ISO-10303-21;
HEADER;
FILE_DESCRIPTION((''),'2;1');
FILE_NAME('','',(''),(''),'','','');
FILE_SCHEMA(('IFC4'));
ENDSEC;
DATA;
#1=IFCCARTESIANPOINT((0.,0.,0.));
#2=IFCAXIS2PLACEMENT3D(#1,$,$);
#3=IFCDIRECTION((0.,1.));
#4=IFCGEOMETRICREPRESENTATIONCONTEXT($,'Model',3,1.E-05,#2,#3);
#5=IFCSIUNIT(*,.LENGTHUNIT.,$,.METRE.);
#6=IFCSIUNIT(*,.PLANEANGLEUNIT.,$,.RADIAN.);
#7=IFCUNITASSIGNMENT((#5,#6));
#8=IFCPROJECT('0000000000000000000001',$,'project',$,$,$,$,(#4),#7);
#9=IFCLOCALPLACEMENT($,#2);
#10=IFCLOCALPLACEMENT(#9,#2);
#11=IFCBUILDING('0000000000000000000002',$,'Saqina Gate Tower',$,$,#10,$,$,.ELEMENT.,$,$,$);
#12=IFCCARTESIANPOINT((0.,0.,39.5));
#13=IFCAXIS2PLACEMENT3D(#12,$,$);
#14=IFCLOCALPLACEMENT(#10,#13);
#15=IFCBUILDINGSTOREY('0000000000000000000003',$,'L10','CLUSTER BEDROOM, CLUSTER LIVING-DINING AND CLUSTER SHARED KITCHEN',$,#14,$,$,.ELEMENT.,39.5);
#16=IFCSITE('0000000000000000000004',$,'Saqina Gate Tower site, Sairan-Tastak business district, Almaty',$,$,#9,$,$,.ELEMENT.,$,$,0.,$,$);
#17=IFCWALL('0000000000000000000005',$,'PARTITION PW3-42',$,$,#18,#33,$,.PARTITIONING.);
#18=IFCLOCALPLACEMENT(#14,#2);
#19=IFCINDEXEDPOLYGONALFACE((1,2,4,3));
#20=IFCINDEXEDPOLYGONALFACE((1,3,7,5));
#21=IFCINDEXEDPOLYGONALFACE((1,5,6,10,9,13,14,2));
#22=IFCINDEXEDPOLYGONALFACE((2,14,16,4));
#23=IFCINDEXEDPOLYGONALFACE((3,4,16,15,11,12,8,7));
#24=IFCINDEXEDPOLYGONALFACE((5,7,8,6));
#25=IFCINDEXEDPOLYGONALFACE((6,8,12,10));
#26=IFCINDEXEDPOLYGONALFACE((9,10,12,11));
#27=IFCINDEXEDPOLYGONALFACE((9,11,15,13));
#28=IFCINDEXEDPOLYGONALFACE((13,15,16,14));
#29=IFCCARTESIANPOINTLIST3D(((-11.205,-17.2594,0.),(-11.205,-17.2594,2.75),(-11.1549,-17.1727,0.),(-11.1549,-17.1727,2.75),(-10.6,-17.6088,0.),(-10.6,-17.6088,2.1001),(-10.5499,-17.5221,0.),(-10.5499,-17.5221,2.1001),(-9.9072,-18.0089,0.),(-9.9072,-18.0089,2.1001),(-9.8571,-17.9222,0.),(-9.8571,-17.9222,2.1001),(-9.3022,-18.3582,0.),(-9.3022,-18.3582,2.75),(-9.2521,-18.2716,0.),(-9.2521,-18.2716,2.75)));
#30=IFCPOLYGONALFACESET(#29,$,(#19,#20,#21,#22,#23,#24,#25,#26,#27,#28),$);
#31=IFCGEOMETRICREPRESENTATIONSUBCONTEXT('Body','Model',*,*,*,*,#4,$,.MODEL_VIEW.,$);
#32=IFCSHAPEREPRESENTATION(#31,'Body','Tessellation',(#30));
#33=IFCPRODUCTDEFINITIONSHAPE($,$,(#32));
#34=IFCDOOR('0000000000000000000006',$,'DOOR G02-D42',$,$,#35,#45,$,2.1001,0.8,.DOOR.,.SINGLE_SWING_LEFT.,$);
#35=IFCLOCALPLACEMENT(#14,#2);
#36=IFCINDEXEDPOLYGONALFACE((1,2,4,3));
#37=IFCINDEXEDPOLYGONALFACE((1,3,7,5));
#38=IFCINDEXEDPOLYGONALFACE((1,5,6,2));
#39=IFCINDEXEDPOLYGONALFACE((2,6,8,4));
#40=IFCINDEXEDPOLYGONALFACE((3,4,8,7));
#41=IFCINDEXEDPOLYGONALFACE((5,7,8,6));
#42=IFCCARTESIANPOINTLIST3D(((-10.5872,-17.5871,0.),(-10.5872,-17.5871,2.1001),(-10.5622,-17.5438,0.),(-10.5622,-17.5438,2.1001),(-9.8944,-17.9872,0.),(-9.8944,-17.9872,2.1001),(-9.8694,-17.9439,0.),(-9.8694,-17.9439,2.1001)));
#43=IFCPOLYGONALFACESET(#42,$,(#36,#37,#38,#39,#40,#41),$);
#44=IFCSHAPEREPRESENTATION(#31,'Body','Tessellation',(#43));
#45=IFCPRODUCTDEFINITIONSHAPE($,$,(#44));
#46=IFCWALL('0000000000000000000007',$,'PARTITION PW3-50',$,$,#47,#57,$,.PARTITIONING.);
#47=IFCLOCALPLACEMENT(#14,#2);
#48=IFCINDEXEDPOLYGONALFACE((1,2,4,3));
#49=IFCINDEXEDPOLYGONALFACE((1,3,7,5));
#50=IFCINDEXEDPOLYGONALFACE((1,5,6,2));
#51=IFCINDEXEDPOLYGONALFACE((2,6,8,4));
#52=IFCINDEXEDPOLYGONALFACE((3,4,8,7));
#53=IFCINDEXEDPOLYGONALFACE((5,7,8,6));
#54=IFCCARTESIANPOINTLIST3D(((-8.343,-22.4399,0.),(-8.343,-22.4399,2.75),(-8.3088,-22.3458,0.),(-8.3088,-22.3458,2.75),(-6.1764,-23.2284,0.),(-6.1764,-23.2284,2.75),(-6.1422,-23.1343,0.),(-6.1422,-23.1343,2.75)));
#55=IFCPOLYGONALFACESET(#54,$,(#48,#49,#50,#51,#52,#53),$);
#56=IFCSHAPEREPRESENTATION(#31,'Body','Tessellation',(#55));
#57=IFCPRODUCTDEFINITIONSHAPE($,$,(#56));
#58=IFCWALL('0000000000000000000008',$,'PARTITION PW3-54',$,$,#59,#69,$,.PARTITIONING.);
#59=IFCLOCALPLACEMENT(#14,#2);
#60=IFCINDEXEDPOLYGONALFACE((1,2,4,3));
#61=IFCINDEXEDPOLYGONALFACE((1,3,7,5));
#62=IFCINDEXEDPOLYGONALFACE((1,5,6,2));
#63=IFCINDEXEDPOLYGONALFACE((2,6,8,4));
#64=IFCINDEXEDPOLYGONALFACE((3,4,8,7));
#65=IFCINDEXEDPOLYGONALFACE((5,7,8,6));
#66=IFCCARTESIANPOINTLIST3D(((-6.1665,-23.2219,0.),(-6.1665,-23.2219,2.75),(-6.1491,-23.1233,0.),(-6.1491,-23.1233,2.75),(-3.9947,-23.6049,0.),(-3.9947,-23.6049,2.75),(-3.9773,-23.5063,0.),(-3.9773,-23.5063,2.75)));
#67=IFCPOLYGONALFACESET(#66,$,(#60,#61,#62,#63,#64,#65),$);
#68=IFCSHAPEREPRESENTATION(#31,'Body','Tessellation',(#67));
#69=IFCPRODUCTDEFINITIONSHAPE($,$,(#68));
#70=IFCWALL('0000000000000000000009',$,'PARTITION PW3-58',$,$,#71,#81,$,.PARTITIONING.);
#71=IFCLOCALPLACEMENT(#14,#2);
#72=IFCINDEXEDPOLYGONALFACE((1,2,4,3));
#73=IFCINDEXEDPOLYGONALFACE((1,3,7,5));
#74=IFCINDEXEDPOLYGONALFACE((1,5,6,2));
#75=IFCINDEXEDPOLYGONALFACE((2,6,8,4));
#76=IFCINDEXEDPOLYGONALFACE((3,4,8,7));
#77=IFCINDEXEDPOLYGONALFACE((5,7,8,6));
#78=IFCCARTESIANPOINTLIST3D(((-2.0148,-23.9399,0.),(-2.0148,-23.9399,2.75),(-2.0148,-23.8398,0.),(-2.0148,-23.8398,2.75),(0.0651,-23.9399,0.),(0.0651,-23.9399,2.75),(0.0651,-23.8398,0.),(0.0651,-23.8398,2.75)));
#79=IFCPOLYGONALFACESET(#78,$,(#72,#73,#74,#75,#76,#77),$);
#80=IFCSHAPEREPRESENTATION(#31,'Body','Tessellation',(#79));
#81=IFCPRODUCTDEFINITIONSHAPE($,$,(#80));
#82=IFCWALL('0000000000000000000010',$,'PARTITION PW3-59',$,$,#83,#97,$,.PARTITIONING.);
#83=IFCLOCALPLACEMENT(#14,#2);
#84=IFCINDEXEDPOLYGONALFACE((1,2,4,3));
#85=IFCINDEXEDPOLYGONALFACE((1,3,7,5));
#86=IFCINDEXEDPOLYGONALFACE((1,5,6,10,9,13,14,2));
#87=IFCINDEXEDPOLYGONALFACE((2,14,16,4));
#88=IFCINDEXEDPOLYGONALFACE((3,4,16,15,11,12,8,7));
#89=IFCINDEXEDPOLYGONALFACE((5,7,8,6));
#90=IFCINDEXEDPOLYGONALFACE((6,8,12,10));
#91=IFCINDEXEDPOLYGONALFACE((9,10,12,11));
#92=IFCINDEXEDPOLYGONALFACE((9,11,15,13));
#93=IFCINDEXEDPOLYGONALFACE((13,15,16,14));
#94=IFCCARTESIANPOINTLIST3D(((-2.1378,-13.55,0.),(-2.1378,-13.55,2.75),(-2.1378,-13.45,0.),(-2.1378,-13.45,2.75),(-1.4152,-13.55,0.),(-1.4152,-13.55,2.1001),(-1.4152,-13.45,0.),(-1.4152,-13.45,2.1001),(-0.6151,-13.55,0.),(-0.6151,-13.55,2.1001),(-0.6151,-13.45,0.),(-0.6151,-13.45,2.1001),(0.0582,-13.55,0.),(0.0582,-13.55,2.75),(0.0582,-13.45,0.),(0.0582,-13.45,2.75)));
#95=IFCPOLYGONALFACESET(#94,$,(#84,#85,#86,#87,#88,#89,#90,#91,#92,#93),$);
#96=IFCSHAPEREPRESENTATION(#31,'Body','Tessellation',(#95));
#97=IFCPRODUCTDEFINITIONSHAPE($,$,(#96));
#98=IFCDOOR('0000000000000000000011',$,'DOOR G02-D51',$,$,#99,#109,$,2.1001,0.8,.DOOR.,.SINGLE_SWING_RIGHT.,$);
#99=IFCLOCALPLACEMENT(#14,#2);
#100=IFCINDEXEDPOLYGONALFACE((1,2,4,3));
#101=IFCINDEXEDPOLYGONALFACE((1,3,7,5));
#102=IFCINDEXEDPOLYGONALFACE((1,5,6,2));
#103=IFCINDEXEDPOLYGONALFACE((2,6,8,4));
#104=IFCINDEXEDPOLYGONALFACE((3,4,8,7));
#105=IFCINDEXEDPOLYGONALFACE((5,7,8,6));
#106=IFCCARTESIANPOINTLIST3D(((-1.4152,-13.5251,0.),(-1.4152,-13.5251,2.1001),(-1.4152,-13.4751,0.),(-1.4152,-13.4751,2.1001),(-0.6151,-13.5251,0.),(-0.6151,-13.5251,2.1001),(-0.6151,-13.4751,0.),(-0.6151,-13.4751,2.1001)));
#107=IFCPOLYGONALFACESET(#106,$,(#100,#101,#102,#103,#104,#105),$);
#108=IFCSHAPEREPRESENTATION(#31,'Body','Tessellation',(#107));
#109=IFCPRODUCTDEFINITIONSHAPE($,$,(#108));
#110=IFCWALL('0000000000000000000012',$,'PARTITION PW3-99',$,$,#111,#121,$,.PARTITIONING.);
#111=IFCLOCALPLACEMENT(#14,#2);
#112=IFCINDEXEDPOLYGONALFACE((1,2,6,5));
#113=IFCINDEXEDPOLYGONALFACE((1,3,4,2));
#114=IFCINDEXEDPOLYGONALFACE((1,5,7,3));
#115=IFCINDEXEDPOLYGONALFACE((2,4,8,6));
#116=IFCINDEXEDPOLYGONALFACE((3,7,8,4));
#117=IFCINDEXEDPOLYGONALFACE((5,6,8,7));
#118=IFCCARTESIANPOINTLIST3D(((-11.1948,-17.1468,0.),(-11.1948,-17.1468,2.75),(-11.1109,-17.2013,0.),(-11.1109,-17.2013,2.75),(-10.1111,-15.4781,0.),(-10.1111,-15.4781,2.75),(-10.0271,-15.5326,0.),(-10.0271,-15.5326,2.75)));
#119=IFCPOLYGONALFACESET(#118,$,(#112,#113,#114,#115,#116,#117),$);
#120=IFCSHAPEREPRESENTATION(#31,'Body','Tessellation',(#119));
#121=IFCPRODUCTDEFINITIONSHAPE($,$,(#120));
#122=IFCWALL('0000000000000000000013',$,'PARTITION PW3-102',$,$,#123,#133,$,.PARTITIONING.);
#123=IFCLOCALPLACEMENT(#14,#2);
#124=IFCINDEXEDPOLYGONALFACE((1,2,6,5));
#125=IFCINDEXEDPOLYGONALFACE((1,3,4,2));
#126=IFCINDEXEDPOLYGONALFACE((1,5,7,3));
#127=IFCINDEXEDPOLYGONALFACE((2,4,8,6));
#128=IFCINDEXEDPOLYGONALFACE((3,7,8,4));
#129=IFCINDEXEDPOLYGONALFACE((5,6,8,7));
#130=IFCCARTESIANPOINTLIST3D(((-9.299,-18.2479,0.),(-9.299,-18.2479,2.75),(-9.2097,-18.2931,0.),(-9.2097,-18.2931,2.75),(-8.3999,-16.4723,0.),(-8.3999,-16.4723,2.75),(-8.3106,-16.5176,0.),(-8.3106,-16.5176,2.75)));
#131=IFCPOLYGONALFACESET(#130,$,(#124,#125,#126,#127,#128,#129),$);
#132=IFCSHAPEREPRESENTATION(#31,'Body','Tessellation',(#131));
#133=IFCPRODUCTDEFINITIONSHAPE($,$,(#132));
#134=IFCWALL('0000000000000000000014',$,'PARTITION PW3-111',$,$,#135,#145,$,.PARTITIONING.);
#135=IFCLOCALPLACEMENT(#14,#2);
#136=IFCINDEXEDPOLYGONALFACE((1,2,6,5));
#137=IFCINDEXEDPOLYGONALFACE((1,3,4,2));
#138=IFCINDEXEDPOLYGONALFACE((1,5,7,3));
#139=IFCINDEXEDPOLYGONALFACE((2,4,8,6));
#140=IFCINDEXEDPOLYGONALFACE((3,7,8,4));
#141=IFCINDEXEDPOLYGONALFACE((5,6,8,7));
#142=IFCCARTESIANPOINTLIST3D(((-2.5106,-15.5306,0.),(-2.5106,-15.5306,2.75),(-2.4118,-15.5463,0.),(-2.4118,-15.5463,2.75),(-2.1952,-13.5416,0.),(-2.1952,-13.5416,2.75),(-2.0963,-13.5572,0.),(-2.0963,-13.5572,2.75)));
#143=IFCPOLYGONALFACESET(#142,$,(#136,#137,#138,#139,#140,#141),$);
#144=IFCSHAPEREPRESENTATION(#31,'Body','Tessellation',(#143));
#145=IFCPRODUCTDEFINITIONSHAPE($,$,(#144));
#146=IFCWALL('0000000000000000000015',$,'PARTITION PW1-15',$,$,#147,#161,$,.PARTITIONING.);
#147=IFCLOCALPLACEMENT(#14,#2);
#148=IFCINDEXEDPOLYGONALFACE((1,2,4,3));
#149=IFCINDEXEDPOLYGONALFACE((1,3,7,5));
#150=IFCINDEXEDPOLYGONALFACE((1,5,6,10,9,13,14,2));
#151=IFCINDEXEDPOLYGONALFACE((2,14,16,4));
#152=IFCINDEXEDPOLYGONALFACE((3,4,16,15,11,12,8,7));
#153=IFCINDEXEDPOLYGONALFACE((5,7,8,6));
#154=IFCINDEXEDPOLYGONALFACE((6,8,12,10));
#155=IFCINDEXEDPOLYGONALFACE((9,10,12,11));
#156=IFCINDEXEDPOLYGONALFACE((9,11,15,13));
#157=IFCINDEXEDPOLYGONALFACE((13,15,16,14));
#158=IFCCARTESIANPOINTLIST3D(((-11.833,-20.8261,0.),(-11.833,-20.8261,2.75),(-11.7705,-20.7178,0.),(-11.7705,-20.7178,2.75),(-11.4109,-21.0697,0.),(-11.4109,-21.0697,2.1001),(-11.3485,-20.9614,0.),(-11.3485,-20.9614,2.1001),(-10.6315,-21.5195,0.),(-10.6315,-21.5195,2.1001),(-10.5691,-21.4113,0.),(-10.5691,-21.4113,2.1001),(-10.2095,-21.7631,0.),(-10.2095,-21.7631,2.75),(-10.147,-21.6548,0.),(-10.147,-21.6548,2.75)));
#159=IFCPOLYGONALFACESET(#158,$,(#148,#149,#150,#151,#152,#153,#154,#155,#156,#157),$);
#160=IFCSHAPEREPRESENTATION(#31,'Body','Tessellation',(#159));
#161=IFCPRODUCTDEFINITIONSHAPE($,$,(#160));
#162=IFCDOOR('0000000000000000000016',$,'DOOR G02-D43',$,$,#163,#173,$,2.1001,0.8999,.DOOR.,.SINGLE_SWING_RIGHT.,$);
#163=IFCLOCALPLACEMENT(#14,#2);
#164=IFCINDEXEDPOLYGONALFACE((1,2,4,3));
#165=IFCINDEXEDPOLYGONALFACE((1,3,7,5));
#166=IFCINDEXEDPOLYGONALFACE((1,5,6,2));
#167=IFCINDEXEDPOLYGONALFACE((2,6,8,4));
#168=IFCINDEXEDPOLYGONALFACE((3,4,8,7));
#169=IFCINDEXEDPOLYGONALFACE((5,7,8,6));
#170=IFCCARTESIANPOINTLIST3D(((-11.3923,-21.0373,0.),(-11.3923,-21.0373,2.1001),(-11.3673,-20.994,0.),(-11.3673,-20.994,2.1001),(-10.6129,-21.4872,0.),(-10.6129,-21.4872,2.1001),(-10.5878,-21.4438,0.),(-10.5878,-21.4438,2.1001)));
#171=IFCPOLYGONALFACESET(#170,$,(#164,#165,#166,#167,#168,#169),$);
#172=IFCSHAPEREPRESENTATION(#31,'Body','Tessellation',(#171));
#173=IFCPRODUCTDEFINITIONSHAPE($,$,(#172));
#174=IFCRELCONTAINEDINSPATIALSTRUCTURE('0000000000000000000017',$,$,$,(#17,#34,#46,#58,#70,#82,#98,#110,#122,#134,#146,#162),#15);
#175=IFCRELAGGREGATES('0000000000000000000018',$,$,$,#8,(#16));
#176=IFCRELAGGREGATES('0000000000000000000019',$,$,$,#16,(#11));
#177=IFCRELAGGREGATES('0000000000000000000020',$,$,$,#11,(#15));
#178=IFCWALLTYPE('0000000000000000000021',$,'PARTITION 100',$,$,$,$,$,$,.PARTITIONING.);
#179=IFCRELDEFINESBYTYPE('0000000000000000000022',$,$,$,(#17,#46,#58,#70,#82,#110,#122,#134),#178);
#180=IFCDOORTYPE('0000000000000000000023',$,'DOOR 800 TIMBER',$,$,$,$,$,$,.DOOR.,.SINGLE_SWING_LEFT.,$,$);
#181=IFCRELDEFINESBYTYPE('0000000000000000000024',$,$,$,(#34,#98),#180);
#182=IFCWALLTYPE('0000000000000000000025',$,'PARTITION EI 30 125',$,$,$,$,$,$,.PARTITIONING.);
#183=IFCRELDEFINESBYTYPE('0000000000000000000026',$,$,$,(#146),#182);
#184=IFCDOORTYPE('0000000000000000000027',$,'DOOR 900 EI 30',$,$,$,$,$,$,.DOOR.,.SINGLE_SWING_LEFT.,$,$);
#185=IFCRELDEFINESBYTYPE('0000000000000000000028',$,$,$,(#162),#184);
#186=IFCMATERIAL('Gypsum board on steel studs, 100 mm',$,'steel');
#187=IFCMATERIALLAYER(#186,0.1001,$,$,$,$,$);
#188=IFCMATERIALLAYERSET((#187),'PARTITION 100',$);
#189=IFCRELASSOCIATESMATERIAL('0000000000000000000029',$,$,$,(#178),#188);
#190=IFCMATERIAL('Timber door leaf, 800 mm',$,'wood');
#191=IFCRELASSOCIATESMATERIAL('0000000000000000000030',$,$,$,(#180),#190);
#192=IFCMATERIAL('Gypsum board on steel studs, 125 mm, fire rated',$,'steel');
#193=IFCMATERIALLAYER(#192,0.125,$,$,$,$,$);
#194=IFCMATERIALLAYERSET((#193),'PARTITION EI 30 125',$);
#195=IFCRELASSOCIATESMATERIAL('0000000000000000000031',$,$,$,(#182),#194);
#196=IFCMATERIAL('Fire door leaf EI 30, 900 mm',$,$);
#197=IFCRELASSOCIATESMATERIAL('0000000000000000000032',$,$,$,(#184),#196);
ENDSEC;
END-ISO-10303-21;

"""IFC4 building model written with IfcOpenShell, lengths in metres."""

from ifc_helpers import new_model, si_unit, direction, frame, frame_2d, origin, place, context, subcontext, project, spatial, rectangle, extrude, material, layer, layer_set, type_object, element, fill, save


model = new_model("IFC4")

# Units and contexts
model_context = context("Model", 3, precision=1e-05, world=origin(), true_north=direction((0.0, 1.0)))
body_context = subcontext(model_context, "Body", "Model", "MODEL_VIEW")
ifc_project = project(units=[si_unit("LENGTHUNIT", "METRE"), si_unit("PLANEANGLEUNIT", "RADIAN")], contexts=[model_context])

# Site, building, storey
site_placement = place(None, origin())
site = spatial("IfcSite", under=ifc_project, at=site_placement, Name="Saqina Gate Tower site, Sairan-Tastak business district, Almaty", CompositionType="ELEMENT", RefElevation=0.0)
building_placement = place(site_placement, origin())
building = spatial("IfcBuilding", under=site, at=building_placement, Name="Saqina Gate Tower", CompositionType="ELEMENT")
storey_placement = place(building_placement, frame((0.0, 0.0, 39.5)))
storey = spatial("IfcBuildingStorey", under=building, at=storey_placement, Name="L10", Description="CLUSTER BEDROOM, CLUSTER LIVING-DINING AND CLUSTER SHARED KITCHEN", CompositionType="ELEMENT", Elevation=39.5)

# Wall, opening, door
ifc_material_1 = material(Name="Gypsum board on steel studs, 100 mm", Category="steel")
ifc_layer_1 = layer(ifc_material_1, 0.1001)
ifc_layer_set_1 = layer_set([ifc_layer_1], Name="PARTITION 100")
wall_type_1 = type_object("IfcWallType", Name="PARTITION 100", PredefinedType="PARTITIONING", material=ifc_layer_set_1)
wall_1_placement = place(storey_placement, frame((-11.1799, -17.2161, 0.0), z_axis=(0.0, 0.0, 1.0), x_axis=(0.865971, -0.500094, 0.0)))
wall_1 = element("IfcWall", 1, at=wall_1_placement, inside=storey, type_object=wall_type_1, Name="PARTITION PW3-42", PredefinedType="PARTITIONING", context=body_context, shape_type="SweptSolid", body=[
    extrude(rectangle(XDim=2.1973, YDim=0.1001, at=frame_2d((1.0986, 0.0))), origin(), (0.0, 0.0, 1.0), 2.75),
])
opening_1_placement = place(wall_1_placement, frame((0.6987, 0.0, 0.0)))
opening_1 = element("IfcOpeningElement", 2, at=opening_1_placement, cuts=wall_1, PredefinedType="OPENING", context=body_context, shape_type="SweptSolid", body=[
    extrude(rectangle(XDim=0.8, YDim=2.1001, at=frame_2d((0.3999, 1.05))), frame((0.0, 0.062, 0.0), z_axis=(0.0, -1.0, 0.0), x_axis=(1.0, 0.0, 0.0)), (0.0, 0.0, 1.0), 0.124),
])
ifc_material_2 = material(Name="Timber door leaf, 800 mm", Category="wood")
door_type_1 = type_object("IfcDoorType", Name="DOOR 800 TIMBER", OperationType="SINGLE_SWING_LEFT", PredefinedType="DOOR", material=ifc_material_2)
door_1_placement = place(opening_1_placement, frame((0.8, 0.0, 0.0), z_axis=(0.0, 0.0, 1.0), x_axis=(-1.0, 0.0, 0.0)))
door_1 = element("IfcDoor", 3, at=door_1_placement, inside=storey, type_object=door_type_1, Name="DOOR G02-D42", OperationType="SINGLE_SWING_LEFT", OverallHeight=2.1001, OverallWidth=0.8, PredefinedType="DOOR", context=body_context, shape_type="SweptSolid", body=[
    extrude(rectangle(XDim=0.8, YDim=2.1001, at=frame_2d((0.3999, 1.05))), frame((0.0, 0.0249, 0.0), z_axis=(0.0, -1.0, 0.0), x_axis=(1.0, 0.0, 0.0)), (0.0, 0.0, 1.0), 0.05),
])
fill(opening_1, door_1)

# Walls
wall_2_placement = place(storey_placement, frame((-8.3259, -22.3928, 0.0), z_axis=(0.0, 0.0, 1.0), x_axis=(0.939701, -0.341998, 0.0)))
element("IfcWall", 4, at=wall_2_placement, inside=storey, type_object=wall_type_1, Name="PARTITION PW3-50", PredefinedType="PARTITIONING", context=body_context, shape_type="SweptSolid", body=[
    extrude(rectangle(XDim=2.3057, YDim=0.1001, at=frame_2d((1.1528, 0.0))), origin(), (0.0, 0.0, 1.0), 2.75),
])
wall_3_placement = place(storey_placement, frame((-6.1577, -23.1726, 0.0), z_axis=(0.0, 0.0, 1.0), x_axis=(0.9848, -0.173691, 0.0)))
element("IfcWall", 5, at=wall_3_placement, inside=storey, type_object=wall_type_1, Name="PARTITION PW3-54", PredefinedType="PARTITIONING", context=body_context, shape_type="SweptSolid", body=[
    extrude(rectangle(XDim=2.2053, YDim=0.1001, at=frame_2d((1.1025, 0.0))), origin(), (0.0, 0.0, 1.0), 2.75),
])
wall_4_placement = place(storey_placement, frame((-2.0149, -23.8899, 0.0), z_axis=(0.0, 0.0, 1.0), x_axis=(1.0, 0.0, 0.0)))
element("IfcWall", 6, at=wall_4_placement, inside=storey, type_object=wall_type_1, Name="PARTITION PW3-58", PredefinedType="PARTITIONING", context=body_context, shape_type="SweptSolid", body=[
    extrude(rectangle(XDim=2.0798, YDim=0.1001, at=frame_2d((1.04, 0.0))), origin(), (0.0, 0.0, 1.0), 2.75),
])

# Wall, opening, door
wall_5_placement = place(storey_placement, frame((-2.1379, -13.5, 0.0), z_axis=(0.0, 0.0, 1.0), x_axis=(1.0, 0.0, 0.0)))
wall_5 = element("IfcWall", 7, at=wall_5_placement, inside=storey, type_object=wall_type_1, Name="PARTITION PW3-59", PredefinedType="PARTITIONING", context=body_context, shape_type="SweptSolid", body=[
    extrude(rectangle(XDim=2.196, YDim=0.1001, at=frame_2d((1.0981, 0.0))), origin(), (0.0, 0.0, 1.0), 2.75),
])
opening_2_placement = place(wall_5_placement, frame((0.7229, 0.0, 0.0)))
opening_2 = element("IfcOpeningElement", 8, at=opening_2_placement, cuts=wall_5, PredefinedType="OPENING", context=body_context, shape_type="SweptSolid", body=[
    extrude(rectangle(XDim=0.8, YDim=2.1001, at=frame_2d((0.3999, 1.05))), frame((0.0, 0.062, 0.0), z_axis=(0.0, -1.0, 0.0), x_axis=(1.0, 0.0, 0.0)), (0.0, 0.0, 1.0), 0.124),
])
door_2_placement = place(opening_2_placement, origin())
door_2 = element("IfcDoor", 9, at=door_2_placement, inside=storey, type_object=door_type_1, Name="DOOR G02-D51", OperationType="SINGLE_SWING_RIGHT", OverallHeight=2.1001, OverallWidth=0.8, PredefinedType="DOOR", context=body_context, shape_type="SweptSolid", body=[
    extrude(rectangle(XDim=0.8, YDim=2.1001, at=frame_2d((0.3999, 1.05))), frame((0.0, 0.0249, 0.0), z_axis=(0.0, -1.0, 0.0), x_axis=(1.0, 0.0, 0.0)), (0.0, 0.0, 1.0), 0.05),
])
fill(opening_2, door_2)

# Walls
wall_6_placement = place(storey_placement, frame((-11.1528, -17.1741, 0.0), z_axis=(0.0, 0.0, 1.0), x_axis=(0.544665, 0.838654, 0.0)))
element("IfcWall", 10, at=wall_6_placement, inside=storey, type_object=wall_type_1, Name="PARTITION PW3-99", PredefinedType="PARTITIONING", context=body_context, shape_type="SweptSolid", body=[
    extrude(rectangle(XDim=1.9897, YDim=0.1001, at=frame_2d((0.9949, 0.0))), origin(), (0.0, 0.0, 1.0), 2.75),
])
wall_7_placement = place(storey_placement, frame((-9.2544, -18.2705, 0.0), z_axis=(0.0, 0.0, 1.0), x_axis=(0.451771, 0.892134, 0.0)))
element("IfcWall", 11, at=wall_7_placement, inside=storey, type_object=wall_type_1, Name="PARTITION PW3-102", PredefinedType="PARTITIONING", context=body_context, shape_type="SweptSolid", body=[
    extrude(rectangle(XDim=1.9902, YDim=0.1001, at=frame_2d((0.9951, 0.0))), origin(), (0.0, 0.0, 1.0), 2.75),
])
wall_8_placement = place(storey_placement, frame((-2.4612, -15.5383, 0.0), z_axis=(0.0, 0.0, 1.0), x_axis=(0.156629, 0.987658, 0.0)))
element("IfcWall", 12, at=wall_8_placement, inside=storey, type_object=wall_type_1, Name="PARTITION PW3-111", PredefinedType="PARTITIONING", context=body_context, shape_type="SweptSolid", body=[
    extrude(rectangle(XDim=2.0139, YDim=0.1001, at=frame_2d((1.0068, 0.0))), origin(), (0.0, 0.0, 1.0), 2.75),
])

# Wall, opening, door
ifc_material_3 = material(Name="Gypsum board on steel studs, 125 mm, fire rated", Category="steel")
ifc_layer_2 = layer(ifc_material_3, 0.125)
ifc_layer_set_2 = layer_set([ifc_layer_2], Name="PARTITION EI 30 125")
wall_type_2 = type_object("IfcWallType", Name="PARTITION EI 30 125", PredefinedType="PARTITIONING", material=ifc_layer_set_2)
wall_9_placement = place(storey_placement, frame((-11.8018, -20.772, 0.0), z_axis=(0.0, 0.0, 1.0), x_axis=(0.866103, -0.499865, 0.0)))
wall_9 = element("IfcWall", 13, at=wall_9_placement, inside=storey, type_object=wall_type_2, Name="PARTITION PW1-15", PredefinedType="PARTITIONING", context=body_context, shape_type="SweptSolid", body=[
    extrude(rectangle(XDim=1.8745, YDim=0.125, at=frame_2d((0.9373, 0.0))), origin(), (0.0, 0.0, 1.0), 2.75),
])
opening_3_placement = place(wall_9_placement, frame((0.4873, 0.0, 0.0)))
opening_3 = element("IfcOpeningElement", 14, at=opening_3_placement, cuts=wall_9, PredefinedType="OPENING", context=body_context, shape_type="SweptSolid", body=[
    extrude(rectangle(XDim=0.8999, YDim=2.1001, at=frame_2d((0.45, 1.05))), frame((0.0, 0.0745, 0.0), z_axis=(0.0, -1.0, 0.0), x_axis=(1.0, 0.0, 0.0)), (0.0, 0.0, 1.0), 0.1489),
])
ifc_material_4 = material(Name="Fire door leaf EI 30, 900 mm")
door_type_2 = type_object("IfcDoorType", Name="DOOR 900 EI 30", OperationType="SINGLE_SWING_LEFT", PredefinedType="DOOR", material=ifc_material_4)
door_3_placement = place(opening_3_placement, origin())
door_3 = element("IfcDoor", 15, at=door_3_placement, inside=storey, type_object=door_type_2, Name="DOOR G02-D43", OperationType="SINGLE_SWING_RIGHT", OverallHeight=2.1001, OverallWidth=0.8999, PredefinedType="DOOR", context=body_context, shape_type="SweptSolid", body=[
    extrude(rectangle(XDim=0.8999, YDim=2.1001, at=frame_2d((0.45, 1.05))), frame((0.0, 0.0249, 0.0), z_axis=(0.0, -1.0, 0.0), x_axis=(1.0, 0.0, 0.0)), (0.0, 0.0, 1.0), 0.05),
])
fill(opening_3, door_3)

save(model, "model.ifc")
